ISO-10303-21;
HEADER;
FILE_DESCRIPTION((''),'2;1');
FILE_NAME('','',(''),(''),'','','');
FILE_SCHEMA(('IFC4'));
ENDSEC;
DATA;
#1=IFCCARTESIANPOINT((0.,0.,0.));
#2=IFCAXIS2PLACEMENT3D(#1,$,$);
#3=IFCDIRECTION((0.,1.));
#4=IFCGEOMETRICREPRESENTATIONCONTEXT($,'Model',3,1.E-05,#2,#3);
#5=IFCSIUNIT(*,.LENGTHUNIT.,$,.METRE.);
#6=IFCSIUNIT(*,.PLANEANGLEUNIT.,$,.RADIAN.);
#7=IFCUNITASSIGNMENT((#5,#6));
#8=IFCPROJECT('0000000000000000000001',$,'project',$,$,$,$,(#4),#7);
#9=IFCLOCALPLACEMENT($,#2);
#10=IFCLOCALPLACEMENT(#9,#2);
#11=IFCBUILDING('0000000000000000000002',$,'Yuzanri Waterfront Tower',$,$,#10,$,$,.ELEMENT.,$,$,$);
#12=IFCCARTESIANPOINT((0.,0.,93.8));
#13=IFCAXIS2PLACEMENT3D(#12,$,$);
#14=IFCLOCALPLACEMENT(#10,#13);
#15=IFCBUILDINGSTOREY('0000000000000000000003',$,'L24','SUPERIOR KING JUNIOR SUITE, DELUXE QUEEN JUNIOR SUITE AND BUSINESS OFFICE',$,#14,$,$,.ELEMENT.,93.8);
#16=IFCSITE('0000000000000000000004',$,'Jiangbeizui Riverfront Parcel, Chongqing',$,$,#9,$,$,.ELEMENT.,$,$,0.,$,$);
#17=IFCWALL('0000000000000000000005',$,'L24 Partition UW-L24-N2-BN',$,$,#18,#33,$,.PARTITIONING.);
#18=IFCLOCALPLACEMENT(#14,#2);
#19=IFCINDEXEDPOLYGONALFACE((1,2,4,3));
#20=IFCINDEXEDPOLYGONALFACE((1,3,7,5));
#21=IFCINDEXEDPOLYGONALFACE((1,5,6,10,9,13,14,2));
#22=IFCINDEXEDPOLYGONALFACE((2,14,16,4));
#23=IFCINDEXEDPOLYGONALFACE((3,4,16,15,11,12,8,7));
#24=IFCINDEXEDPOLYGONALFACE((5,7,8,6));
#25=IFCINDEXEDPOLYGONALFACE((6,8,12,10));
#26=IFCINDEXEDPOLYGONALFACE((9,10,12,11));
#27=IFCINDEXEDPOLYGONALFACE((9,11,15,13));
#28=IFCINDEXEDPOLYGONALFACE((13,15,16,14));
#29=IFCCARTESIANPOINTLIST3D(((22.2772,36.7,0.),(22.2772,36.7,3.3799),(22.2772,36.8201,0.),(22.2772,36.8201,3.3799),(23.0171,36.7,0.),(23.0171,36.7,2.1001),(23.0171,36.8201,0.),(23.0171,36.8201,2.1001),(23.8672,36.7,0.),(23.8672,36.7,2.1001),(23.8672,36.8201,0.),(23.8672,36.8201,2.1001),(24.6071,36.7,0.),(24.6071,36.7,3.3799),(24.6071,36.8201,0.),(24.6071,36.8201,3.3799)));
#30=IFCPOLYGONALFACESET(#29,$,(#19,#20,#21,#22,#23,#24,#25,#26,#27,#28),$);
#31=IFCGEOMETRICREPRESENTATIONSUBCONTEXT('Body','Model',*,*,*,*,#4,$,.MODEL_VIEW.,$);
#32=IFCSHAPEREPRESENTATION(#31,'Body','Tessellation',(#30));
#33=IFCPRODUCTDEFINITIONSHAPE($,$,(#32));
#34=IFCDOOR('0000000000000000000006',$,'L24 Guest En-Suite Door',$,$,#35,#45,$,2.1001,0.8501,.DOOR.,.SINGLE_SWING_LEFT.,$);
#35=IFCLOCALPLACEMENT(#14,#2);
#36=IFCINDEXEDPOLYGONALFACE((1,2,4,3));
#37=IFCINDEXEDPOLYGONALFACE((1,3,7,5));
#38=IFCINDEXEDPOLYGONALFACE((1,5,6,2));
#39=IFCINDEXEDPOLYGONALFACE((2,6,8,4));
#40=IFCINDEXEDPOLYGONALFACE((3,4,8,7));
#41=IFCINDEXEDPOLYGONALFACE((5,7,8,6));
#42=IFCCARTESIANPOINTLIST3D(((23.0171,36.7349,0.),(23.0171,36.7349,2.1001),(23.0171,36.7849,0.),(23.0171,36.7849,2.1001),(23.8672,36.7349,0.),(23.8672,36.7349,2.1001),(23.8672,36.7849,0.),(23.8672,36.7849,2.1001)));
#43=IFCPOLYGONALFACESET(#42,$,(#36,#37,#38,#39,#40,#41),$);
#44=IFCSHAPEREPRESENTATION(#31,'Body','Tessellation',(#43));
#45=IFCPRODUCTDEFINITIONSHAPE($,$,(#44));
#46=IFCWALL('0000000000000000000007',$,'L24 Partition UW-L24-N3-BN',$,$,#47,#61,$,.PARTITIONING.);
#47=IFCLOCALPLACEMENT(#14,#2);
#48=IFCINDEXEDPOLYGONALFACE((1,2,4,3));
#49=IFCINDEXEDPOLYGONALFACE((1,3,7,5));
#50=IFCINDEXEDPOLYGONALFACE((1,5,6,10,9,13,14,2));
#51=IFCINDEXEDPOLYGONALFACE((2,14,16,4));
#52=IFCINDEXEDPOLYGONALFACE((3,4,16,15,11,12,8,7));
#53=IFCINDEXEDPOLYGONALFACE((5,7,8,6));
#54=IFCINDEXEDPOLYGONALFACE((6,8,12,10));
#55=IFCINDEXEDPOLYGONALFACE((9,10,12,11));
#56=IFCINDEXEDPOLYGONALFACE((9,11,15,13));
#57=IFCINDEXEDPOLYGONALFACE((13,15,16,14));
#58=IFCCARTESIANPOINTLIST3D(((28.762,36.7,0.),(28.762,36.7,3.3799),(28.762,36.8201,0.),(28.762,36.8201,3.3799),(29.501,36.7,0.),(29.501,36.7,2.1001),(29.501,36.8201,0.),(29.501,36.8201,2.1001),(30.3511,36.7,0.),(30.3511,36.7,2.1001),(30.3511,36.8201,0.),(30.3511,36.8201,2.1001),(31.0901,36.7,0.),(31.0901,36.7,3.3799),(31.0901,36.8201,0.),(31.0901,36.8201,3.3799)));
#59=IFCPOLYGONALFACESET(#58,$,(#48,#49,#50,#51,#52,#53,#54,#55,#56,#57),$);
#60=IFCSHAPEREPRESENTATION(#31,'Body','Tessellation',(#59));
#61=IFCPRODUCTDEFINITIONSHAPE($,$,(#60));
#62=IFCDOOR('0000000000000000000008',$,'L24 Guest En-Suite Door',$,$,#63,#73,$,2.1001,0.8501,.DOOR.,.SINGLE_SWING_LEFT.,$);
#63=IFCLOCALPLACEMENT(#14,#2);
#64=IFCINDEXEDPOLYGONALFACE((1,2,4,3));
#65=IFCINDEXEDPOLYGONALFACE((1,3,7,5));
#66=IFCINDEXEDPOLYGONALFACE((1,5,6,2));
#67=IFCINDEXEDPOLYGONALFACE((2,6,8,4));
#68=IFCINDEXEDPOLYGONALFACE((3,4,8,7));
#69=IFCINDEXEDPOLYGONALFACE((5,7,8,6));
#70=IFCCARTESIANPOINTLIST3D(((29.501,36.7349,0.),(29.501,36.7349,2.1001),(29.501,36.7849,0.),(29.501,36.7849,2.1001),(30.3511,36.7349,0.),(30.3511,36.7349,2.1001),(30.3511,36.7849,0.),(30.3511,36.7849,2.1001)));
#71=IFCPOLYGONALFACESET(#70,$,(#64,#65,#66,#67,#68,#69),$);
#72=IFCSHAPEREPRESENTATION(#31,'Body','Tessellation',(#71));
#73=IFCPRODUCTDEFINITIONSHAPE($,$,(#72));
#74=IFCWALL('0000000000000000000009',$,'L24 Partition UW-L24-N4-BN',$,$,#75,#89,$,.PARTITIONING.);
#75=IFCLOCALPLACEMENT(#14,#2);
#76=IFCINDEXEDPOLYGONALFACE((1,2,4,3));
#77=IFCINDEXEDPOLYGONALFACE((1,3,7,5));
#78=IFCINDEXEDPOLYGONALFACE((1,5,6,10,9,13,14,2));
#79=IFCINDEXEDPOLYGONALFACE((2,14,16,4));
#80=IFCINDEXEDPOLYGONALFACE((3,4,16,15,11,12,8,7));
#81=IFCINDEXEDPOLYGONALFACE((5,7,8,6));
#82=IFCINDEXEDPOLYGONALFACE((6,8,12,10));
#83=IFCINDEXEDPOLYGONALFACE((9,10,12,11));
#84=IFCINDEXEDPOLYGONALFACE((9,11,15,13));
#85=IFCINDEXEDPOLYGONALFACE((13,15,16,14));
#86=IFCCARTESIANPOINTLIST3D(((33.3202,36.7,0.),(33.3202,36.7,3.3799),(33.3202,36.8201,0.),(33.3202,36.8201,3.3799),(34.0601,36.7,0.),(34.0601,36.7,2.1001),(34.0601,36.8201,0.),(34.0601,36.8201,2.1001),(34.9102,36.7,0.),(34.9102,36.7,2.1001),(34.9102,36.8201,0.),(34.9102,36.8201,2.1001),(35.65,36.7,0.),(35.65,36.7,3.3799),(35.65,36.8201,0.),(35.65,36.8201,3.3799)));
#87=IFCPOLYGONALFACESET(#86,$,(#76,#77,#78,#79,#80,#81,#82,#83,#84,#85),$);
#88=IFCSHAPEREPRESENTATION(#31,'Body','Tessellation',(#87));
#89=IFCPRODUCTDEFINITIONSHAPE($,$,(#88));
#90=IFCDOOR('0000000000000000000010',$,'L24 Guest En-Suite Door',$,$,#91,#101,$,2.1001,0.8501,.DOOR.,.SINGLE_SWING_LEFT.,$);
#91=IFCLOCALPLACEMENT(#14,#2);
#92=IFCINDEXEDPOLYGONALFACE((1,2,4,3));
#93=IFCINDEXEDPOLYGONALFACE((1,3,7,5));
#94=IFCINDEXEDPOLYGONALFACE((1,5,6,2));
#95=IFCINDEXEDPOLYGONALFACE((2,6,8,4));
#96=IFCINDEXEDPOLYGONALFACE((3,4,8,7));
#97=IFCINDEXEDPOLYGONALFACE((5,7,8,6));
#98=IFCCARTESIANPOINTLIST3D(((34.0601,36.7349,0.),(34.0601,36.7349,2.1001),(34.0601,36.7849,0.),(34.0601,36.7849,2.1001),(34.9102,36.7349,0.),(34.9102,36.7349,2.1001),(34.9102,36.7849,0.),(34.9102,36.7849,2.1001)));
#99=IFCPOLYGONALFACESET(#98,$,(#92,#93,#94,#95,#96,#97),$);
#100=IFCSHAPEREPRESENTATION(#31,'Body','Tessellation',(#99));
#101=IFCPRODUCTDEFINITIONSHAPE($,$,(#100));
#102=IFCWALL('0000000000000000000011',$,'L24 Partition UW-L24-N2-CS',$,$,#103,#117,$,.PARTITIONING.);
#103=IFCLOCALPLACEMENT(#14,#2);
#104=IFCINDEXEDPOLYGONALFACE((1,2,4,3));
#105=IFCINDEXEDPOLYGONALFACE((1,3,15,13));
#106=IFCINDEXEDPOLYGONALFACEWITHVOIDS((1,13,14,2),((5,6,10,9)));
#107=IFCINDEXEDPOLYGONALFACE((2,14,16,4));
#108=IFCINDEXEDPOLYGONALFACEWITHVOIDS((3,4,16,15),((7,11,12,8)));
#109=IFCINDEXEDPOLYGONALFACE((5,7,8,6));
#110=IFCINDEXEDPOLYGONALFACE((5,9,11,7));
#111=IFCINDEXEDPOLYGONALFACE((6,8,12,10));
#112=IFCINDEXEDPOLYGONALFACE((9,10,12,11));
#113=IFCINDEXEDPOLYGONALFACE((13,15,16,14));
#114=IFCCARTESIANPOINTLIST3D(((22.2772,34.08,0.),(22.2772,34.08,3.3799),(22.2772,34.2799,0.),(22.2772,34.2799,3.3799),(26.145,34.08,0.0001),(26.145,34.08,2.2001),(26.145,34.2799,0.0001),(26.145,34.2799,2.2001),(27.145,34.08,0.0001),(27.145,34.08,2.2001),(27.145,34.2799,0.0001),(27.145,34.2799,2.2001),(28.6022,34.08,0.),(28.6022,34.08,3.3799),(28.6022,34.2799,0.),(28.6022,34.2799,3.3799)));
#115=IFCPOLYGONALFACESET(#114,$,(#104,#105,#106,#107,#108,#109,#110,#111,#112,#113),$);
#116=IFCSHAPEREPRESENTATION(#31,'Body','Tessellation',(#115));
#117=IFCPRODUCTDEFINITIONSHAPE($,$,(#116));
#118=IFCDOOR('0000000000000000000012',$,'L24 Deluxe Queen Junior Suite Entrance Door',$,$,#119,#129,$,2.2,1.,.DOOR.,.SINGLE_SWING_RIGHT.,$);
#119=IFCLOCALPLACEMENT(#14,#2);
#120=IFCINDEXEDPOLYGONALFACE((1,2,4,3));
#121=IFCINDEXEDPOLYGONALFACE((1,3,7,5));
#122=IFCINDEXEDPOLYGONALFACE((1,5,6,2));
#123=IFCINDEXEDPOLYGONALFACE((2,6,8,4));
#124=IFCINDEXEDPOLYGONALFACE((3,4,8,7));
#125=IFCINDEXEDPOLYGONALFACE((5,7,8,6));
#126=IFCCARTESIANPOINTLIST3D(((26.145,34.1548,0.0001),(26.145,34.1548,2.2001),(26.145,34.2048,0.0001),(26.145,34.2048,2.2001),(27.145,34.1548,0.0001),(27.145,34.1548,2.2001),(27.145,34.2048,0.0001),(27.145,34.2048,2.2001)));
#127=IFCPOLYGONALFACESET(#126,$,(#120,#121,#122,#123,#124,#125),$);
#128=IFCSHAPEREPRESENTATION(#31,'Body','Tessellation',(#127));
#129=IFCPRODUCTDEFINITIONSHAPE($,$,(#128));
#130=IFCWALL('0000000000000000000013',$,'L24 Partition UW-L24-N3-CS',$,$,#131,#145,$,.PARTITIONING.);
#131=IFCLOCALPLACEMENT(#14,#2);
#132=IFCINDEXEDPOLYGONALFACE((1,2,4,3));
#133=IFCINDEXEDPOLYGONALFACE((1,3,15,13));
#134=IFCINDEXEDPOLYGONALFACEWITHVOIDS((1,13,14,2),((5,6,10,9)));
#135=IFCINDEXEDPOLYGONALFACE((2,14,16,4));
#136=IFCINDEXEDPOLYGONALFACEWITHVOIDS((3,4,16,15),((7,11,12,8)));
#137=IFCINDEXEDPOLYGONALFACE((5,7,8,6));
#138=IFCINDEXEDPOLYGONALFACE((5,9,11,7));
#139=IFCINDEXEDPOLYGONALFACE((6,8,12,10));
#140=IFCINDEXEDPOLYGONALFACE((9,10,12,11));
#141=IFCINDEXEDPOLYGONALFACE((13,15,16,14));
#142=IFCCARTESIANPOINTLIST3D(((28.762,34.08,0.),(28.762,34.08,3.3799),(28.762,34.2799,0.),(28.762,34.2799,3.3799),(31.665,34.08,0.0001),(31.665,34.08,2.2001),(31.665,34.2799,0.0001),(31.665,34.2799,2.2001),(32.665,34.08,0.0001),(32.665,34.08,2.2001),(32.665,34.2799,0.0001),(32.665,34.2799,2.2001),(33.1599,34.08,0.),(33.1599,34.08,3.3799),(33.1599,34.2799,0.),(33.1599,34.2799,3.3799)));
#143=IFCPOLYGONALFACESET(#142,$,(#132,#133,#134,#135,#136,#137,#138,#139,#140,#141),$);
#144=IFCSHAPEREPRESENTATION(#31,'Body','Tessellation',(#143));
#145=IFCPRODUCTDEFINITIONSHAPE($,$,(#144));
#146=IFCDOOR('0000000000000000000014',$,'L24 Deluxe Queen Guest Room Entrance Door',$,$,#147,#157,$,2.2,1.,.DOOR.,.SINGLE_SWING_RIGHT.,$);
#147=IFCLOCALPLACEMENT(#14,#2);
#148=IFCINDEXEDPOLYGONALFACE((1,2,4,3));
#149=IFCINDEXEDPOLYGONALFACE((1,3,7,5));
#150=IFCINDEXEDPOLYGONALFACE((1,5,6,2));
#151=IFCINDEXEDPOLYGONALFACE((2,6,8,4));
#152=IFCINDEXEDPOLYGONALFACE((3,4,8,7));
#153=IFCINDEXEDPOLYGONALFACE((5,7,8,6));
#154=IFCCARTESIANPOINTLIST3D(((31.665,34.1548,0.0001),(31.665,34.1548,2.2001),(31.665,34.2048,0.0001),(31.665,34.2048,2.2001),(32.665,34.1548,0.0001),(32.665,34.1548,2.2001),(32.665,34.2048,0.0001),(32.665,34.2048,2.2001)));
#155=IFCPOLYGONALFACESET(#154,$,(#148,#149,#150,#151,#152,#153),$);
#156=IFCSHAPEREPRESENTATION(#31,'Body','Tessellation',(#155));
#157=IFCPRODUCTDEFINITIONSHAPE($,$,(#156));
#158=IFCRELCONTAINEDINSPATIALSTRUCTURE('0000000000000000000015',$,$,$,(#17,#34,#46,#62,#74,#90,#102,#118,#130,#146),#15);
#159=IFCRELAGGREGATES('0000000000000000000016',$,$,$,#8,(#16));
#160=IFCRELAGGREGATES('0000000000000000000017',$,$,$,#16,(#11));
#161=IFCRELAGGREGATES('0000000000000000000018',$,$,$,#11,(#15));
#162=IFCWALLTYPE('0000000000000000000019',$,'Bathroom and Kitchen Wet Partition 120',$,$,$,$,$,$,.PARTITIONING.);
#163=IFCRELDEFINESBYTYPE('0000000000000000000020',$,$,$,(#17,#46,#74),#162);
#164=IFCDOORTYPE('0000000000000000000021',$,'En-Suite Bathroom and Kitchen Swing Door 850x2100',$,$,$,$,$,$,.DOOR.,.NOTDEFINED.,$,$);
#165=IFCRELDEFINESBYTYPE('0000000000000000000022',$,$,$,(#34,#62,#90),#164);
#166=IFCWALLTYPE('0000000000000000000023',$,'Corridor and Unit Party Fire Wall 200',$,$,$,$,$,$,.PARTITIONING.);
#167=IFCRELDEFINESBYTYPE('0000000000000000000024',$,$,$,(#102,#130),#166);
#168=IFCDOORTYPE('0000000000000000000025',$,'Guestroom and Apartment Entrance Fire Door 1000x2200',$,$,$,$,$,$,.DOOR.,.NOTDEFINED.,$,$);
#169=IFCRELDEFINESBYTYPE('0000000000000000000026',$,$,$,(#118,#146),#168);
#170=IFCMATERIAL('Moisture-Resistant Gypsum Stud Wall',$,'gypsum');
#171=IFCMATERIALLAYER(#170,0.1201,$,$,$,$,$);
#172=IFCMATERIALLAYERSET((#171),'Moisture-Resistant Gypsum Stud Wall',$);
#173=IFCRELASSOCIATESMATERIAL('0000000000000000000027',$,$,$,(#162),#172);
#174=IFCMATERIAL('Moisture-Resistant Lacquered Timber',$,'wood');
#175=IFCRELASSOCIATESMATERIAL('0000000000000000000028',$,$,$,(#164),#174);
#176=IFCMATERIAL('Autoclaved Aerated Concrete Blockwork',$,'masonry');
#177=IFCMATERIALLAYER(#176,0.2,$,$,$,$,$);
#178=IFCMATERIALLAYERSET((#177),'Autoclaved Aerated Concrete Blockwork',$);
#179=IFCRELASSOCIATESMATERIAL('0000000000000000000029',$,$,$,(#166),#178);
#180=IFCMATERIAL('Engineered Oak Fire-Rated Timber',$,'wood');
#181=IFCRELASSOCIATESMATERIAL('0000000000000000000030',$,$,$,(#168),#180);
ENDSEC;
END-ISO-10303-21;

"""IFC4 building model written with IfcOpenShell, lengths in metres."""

from ifc_helpers import new_model, si_unit, direction, frame, frame_2d, origin, place, context, subcontext, project, spatial, rectangle, extrude, source, transform, mapped, material, layer, layer_set, type_object, element, fill, save


model = new_model("IFC4")

# Units and contexts
model_context = context("Model", 3, precision=1e-05, world=origin(), true_north=direction((0.0, 1.0)))
body_context = subcontext(model_context, "Body", "Model", "MODEL_VIEW")
ifc_project = project(units=[si_unit("LENGTHUNIT", "METRE"), si_unit("PLANEANGLEUNIT", "RADIAN")], contexts=[model_context])

# Site, building, storey
site_placement = place(None, origin())
site = spatial("IfcSite", under=ifc_project, at=site_placement, Name="Jiangbeizui Riverfront Parcel, Chongqing", CompositionType="ELEMENT", RefElevation=0.0)
building_placement = place(site_placement, origin())
building = spatial("IfcBuilding", under=site, at=building_placement, Name="Yuzanri Waterfront Tower", CompositionType="ELEMENT")
storey_placement = place(building_placement, frame((0.0, 0.0, 93.8)))
storey = spatial("IfcBuildingStorey", under=building, at=storey_placement, Name="L24", Description="SUPERIOR KING JUNIOR SUITE, DELUXE QUEEN JUNIOR SUITE AND BUSINESS OFFICE", CompositionType="ELEMENT", Elevation=93.8)

# Walls, openings, doors
ifc_material_1 = material(Name="Moisture-Resistant Gypsum Stud Wall", Category="gypsum")
ifc_layer_1 = layer(ifc_material_1, 0.1201)
ifc_layer_set_1 = layer_set([ifc_layer_1], Name="Moisture-Resistant Gypsum Stud Wall")
wall_type_1 = type_object("IfcWallType", Name="Bathroom and Kitchen Wet Partition 120", PredefinedType="PARTITIONING", material=ifc_layer_set_1)
wall_1_placement = place(storey_placement, frame((22.2771, 36.76, 0.0), z_axis=(0.0, 0.0, 1.0), x_axis=(1.0, 0.0, 0.0)))
wall_1 = element("IfcWall", 1, at=wall_1_placement, inside=storey, type_object=wall_type_1, Name="L24 Partition UW-L24-N2-BN", PredefinedType="PARTITIONING", context=body_context, shape_type="SweptSolid", body=[
    extrude(rectangle(XDim=2.3298, YDim=0.1201, at=frame_2d((1.165, 0.0))), origin(), (0.0, 0.0, 1.0), 3.3799),
])
opening_1_placement = place(wall_1_placement, frame((0.74, 0.0, 0.0)))
opening_1 = element("IfcOpeningElement", 2, at=opening_1_placement, cuts=wall_1, PredefinedType="OPENING", context=body_context, shape_type="SweptSolid", body=[
    extrude(rectangle(XDim=0.8501, YDim=2.1001, at=frame_2d((0.425, 1.05))), frame((0.0, 0.075, 0.0), z_axis=(0.0, -1.0, 0.0), x_axis=(1.0, 0.0, 0.0)), (0.0, 0.0, 1.0), 0.1499),
])
ifc_material_2 = material(Name="Moisture-Resistant Lacquered Timber", Category="wood")
door_type_1 = type_object("IfcDoorType", Name="En-Suite Bathroom and Kitchen Swing Door 850x2100", OperationType="NOTDEFINED", PredefinedType="DOOR", material=ifc_material_2)
shared_shape_1 = source(origin(), body_context, "Body", "SweptSolid", [
    extrude(rectangle(XDim=0.8501, YDim=2.1001, at=frame_2d((0.425, 1.05))), frame((0.0, 0.0249, 0.0), z_axis=(0.0, -1.0, 0.0), x_axis=(1.0, 0.0, 0.0)), (0.0, 0.0, 1.0), 0.05),
])
door_1_placement = place(opening_1_placement, origin())
door_1 = element("IfcDoor", 3, at=door_1_placement, inside=storey, type_object=door_type_1, Name="L24 Guest En-Suite Door", OperationType="SINGLE_SWING_LEFT", OverallHeight=2.1001, OverallWidth=0.8501, PredefinedType="DOOR", context=body_context, shape_type="MappedRepresentation", body=[
    mapped(shared_shape_1, transform((0.0, 0.0, 0.0), scale=1.0)),
])
fill(opening_1, door_1)
wall_2_placement = place(storey_placement, frame((28.762, 36.76, 0.0), z_axis=(0.0, 0.0, 1.0), x_axis=(1.0, 0.0, 0.0)))
wall_2 = element("IfcWall", 4, at=wall_2_placement, inside=storey, type_object=wall_type_1, Name="L24 Partition UW-L24-N3-BN", PredefinedType="PARTITIONING", context=body_context, shape_type="SweptSolid", body=[
    extrude(rectangle(XDim=2.3281, YDim=0.1201, at=frame_2d((1.1641, 0.0))), origin(), (0.0, 0.0, 1.0), 3.3799),
])
opening_2_placement = place(wall_2_placement, frame((0.739, 0.0, 0.0)))
opening_2 = element("IfcOpeningElement", 5, at=opening_2_placement, cuts=wall_2, PredefinedType="OPENING", context=body_context, shape_type="SweptSolid", body=[
    extrude(rectangle(XDim=0.8501, YDim=2.1001, at=frame_2d((0.425, 1.05))), frame((0.0, 0.075, 0.0), z_axis=(0.0, -1.0, 0.0), x_axis=(1.0, 0.0, 0.0)), (0.0, 0.0, 1.0), 0.1499),
])
door_2_placement = place(opening_2_placement, origin())
door_2 = element("IfcDoor", 6, at=door_2_placement, inside=storey, type_object=door_type_1, Name="L24 Guest En-Suite Door", OperationType="SINGLE_SWING_LEFT", OverallHeight=2.1001, OverallWidth=0.8501, PredefinedType="DOOR", context=body_context, shape_type="MappedRepresentation", body=[
    mapped(shared_shape_1, transform((0.0, 0.0, 0.0), scale=1.0)),
])
fill(opening_2, door_2)
wall_3_placement = place(storey_placement, frame((33.3201, 36.76, 0.0), z_axis=(0.0, 0.0, 1.0), x_axis=(1.0, 0.0, 0.0)))
wall_3 = element("IfcWall", 7, at=wall_3_placement, inside=storey, type_object=wall_type_1, Name="L24 Partition UW-L24-N4-BN", PredefinedType="PARTITIONING", context=body_context, shape_type="SweptSolid", body=[
    extrude(rectangle(XDim=2.3298, YDim=0.1201, at=frame_2d((1.165, 0.0))), origin(), (0.0, 0.0, 1.0), 3.3799),
])
opening_3_placement = place(wall_3_placement, frame((0.74, 0.0, 0.0)))
opening_3 = element("IfcOpeningElement", 8, at=opening_3_placement, cuts=wall_3, PredefinedType="OPENING", context=body_context, shape_type="SweptSolid", body=[
    extrude(rectangle(XDim=0.8501, YDim=2.1001, at=frame_2d((0.425, 1.05))), frame((0.0, 0.075, 0.0), z_axis=(0.0, -1.0, 0.0), x_axis=(1.0, 0.0, 0.0)), (0.0, 0.0, 1.0), 0.1499),
])
door_3_placement = place(opening_3_placement, origin())
door_3 = element("IfcDoor", 9, at=door_3_placement, inside=storey, type_object=door_type_1, Name="L24 Guest En-Suite Door", OperationType="SINGLE_SWING_LEFT", OverallHeight=2.1001, OverallWidth=0.8501, PredefinedType="DOOR", context=body_context, shape_type="MappedRepresentation", body=[
    mapped(shared_shape_1, transform((0.0, 0.0, 0.0), scale=1.0)),
])
fill(opening_3, door_3)
ifc_material_3 = material(Name="Autoclaved Aerated Concrete Blockwork", Category="masonry")
ifc_layer_2 = layer(ifc_material_3, 0.2)
ifc_layer_set_2 = layer_set([ifc_layer_2], Name="Autoclaved Aerated Concrete Blockwork")
wall_type_2 = type_object("IfcWallType", Name="Corridor and Unit Party Fire Wall 200", PredefinedType="PARTITIONING", material=ifc_layer_set_2)
wall_4_placement = place(storey_placement, frame((22.2771, 34.1799, 0.0), z_axis=(0.0, 0.0, 1.0), x_axis=(1.0, 0.0, 0.0)))
wall_4 = element("IfcWall", 10, at=wall_4_placement, inside=storey, type_object=wall_type_2, Name="L24 Partition UW-L24-N2-CS", PredefinedType="PARTITIONING", context=body_context, shape_type="SweptSolid", body=[
    extrude(rectangle(XDim=6.325, YDim=0.2, at=frame_2d((3.1626, 0.0))), origin(), (0.0, 0.0, 1.0), 3.3799),
])
opening_4_placement = place(wall_4_placement, frame((3.8679, 0.0, 0.0)))
opening_4 = element("IfcOpeningElement", 11, at=opening_4_placement, cuts=wall_4, PredefinedType="OPENING", context=body_context, shape_type="SweptSolid", body=[
    extrude(rectangle(XDim=1.0, YDim=2.2, at=frame_2d((0.5, 1.1001))), frame((0.0, 0.1147, 0.0), z_axis=(0.0, -1.0, 0.0), x_axis=(1.0, 0.0, 0.0)), (0.0, 0.0, 1.0), 0.2297),
])
ifc_material_4 = material(Name="Engineered Oak Fire-Rated Timber", Category="wood")
door_type_2 = type_object("IfcDoorType", Name="Guestroom and Apartment Entrance Fire Door 1000x2200", OperationType="NOTDEFINED", PredefinedType="DOOR", material=ifc_material_4)
shared_shape_2 = source(origin(), body_context, "Body", "SweptSolid", [
    extrude(rectangle(XDim=1.0, YDim=2.2, at=frame_2d((0.5, 1.1001))), frame((0.0, 0.0249, 0.0), z_axis=(0.0, -1.0, 0.0), x_axis=(1.0, 0.0, 0.0)), (0.0, 0.0, 1.0), 0.05),
])
door_4_placement = place(opening_4_placement, origin())
door_4 = element("IfcDoor", 12, at=door_4_placement, inside=storey, type_object=door_type_2, Name="L24 Deluxe Queen Junior Suite Entrance Door", OperationType="SINGLE_SWING_RIGHT", OverallHeight=2.2, OverallWidth=1.0, PredefinedType="DOOR", context=body_context, shape_type="MappedRepresentation", body=[
    mapped(shared_shape_2, transform((0.0, 0.0, 0.0), scale=1.0)),
])
fill(opening_4, door_4)
wall_5_placement = place(storey_placement, frame((28.762, 34.1799, 0.0), z_axis=(0.0, 0.0, 1.0), x_axis=(1.0, 0.0, 0.0)))
wall_5 = element("IfcWall", 13, at=wall_5_placement, inside=storey, type_object=wall_type_2, Name="L24 Partition UW-L24-N3-CS", PredefinedType="PARTITIONING", context=body_context, shape_type="SweptSolid", body=[
    extrude(rectangle(XDim=4.3979, YDim=0.2, at=frame_2d((2.199, 0.0))), origin(), (0.0, 0.0, 1.0), 3.3799),
])
opening_5_placement = place(wall_5_placement, frame((2.9031, 0.0, 0.0)))
opening_5 = element("IfcOpeningElement", 14, at=opening_5_placement, cuts=wall_5, PredefinedType="OPENING", context=body_context, shape_type="SweptSolid", body=[
    extrude(rectangle(XDim=1.0, YDim=2.2, at=frame_2d((0.5, 1.1001))), frame((0.0, 0.1147, 0.0), z_axis=(0.0, -1.0, 0.0), x_axis=(1.0, 0.0, 0.0)), (0.0, 0.0, 1.0), 0.2297),
])
door_5_placement = place(opening_5_placement, origin())
door_5 = element("IfcDoor", 15, at=door_5_placement, inside=storey, type_object=door_type_2, Name="L24 Deluxe Queen Guest Room Entrance Door", OperationType="SINGLE_SWING_RIGHT", OverallHeight=2.2, OverallWidth=1.0, PredefinedType="DOOR", context=body_context, shape_type="MappedRepresentation", body=[
    mapped(shared_shape_2, transform((0.0, 0.0, 0.0), scale=1.0)),
])
fill(opening_5, door_5)

save(model, "model.ifc")
